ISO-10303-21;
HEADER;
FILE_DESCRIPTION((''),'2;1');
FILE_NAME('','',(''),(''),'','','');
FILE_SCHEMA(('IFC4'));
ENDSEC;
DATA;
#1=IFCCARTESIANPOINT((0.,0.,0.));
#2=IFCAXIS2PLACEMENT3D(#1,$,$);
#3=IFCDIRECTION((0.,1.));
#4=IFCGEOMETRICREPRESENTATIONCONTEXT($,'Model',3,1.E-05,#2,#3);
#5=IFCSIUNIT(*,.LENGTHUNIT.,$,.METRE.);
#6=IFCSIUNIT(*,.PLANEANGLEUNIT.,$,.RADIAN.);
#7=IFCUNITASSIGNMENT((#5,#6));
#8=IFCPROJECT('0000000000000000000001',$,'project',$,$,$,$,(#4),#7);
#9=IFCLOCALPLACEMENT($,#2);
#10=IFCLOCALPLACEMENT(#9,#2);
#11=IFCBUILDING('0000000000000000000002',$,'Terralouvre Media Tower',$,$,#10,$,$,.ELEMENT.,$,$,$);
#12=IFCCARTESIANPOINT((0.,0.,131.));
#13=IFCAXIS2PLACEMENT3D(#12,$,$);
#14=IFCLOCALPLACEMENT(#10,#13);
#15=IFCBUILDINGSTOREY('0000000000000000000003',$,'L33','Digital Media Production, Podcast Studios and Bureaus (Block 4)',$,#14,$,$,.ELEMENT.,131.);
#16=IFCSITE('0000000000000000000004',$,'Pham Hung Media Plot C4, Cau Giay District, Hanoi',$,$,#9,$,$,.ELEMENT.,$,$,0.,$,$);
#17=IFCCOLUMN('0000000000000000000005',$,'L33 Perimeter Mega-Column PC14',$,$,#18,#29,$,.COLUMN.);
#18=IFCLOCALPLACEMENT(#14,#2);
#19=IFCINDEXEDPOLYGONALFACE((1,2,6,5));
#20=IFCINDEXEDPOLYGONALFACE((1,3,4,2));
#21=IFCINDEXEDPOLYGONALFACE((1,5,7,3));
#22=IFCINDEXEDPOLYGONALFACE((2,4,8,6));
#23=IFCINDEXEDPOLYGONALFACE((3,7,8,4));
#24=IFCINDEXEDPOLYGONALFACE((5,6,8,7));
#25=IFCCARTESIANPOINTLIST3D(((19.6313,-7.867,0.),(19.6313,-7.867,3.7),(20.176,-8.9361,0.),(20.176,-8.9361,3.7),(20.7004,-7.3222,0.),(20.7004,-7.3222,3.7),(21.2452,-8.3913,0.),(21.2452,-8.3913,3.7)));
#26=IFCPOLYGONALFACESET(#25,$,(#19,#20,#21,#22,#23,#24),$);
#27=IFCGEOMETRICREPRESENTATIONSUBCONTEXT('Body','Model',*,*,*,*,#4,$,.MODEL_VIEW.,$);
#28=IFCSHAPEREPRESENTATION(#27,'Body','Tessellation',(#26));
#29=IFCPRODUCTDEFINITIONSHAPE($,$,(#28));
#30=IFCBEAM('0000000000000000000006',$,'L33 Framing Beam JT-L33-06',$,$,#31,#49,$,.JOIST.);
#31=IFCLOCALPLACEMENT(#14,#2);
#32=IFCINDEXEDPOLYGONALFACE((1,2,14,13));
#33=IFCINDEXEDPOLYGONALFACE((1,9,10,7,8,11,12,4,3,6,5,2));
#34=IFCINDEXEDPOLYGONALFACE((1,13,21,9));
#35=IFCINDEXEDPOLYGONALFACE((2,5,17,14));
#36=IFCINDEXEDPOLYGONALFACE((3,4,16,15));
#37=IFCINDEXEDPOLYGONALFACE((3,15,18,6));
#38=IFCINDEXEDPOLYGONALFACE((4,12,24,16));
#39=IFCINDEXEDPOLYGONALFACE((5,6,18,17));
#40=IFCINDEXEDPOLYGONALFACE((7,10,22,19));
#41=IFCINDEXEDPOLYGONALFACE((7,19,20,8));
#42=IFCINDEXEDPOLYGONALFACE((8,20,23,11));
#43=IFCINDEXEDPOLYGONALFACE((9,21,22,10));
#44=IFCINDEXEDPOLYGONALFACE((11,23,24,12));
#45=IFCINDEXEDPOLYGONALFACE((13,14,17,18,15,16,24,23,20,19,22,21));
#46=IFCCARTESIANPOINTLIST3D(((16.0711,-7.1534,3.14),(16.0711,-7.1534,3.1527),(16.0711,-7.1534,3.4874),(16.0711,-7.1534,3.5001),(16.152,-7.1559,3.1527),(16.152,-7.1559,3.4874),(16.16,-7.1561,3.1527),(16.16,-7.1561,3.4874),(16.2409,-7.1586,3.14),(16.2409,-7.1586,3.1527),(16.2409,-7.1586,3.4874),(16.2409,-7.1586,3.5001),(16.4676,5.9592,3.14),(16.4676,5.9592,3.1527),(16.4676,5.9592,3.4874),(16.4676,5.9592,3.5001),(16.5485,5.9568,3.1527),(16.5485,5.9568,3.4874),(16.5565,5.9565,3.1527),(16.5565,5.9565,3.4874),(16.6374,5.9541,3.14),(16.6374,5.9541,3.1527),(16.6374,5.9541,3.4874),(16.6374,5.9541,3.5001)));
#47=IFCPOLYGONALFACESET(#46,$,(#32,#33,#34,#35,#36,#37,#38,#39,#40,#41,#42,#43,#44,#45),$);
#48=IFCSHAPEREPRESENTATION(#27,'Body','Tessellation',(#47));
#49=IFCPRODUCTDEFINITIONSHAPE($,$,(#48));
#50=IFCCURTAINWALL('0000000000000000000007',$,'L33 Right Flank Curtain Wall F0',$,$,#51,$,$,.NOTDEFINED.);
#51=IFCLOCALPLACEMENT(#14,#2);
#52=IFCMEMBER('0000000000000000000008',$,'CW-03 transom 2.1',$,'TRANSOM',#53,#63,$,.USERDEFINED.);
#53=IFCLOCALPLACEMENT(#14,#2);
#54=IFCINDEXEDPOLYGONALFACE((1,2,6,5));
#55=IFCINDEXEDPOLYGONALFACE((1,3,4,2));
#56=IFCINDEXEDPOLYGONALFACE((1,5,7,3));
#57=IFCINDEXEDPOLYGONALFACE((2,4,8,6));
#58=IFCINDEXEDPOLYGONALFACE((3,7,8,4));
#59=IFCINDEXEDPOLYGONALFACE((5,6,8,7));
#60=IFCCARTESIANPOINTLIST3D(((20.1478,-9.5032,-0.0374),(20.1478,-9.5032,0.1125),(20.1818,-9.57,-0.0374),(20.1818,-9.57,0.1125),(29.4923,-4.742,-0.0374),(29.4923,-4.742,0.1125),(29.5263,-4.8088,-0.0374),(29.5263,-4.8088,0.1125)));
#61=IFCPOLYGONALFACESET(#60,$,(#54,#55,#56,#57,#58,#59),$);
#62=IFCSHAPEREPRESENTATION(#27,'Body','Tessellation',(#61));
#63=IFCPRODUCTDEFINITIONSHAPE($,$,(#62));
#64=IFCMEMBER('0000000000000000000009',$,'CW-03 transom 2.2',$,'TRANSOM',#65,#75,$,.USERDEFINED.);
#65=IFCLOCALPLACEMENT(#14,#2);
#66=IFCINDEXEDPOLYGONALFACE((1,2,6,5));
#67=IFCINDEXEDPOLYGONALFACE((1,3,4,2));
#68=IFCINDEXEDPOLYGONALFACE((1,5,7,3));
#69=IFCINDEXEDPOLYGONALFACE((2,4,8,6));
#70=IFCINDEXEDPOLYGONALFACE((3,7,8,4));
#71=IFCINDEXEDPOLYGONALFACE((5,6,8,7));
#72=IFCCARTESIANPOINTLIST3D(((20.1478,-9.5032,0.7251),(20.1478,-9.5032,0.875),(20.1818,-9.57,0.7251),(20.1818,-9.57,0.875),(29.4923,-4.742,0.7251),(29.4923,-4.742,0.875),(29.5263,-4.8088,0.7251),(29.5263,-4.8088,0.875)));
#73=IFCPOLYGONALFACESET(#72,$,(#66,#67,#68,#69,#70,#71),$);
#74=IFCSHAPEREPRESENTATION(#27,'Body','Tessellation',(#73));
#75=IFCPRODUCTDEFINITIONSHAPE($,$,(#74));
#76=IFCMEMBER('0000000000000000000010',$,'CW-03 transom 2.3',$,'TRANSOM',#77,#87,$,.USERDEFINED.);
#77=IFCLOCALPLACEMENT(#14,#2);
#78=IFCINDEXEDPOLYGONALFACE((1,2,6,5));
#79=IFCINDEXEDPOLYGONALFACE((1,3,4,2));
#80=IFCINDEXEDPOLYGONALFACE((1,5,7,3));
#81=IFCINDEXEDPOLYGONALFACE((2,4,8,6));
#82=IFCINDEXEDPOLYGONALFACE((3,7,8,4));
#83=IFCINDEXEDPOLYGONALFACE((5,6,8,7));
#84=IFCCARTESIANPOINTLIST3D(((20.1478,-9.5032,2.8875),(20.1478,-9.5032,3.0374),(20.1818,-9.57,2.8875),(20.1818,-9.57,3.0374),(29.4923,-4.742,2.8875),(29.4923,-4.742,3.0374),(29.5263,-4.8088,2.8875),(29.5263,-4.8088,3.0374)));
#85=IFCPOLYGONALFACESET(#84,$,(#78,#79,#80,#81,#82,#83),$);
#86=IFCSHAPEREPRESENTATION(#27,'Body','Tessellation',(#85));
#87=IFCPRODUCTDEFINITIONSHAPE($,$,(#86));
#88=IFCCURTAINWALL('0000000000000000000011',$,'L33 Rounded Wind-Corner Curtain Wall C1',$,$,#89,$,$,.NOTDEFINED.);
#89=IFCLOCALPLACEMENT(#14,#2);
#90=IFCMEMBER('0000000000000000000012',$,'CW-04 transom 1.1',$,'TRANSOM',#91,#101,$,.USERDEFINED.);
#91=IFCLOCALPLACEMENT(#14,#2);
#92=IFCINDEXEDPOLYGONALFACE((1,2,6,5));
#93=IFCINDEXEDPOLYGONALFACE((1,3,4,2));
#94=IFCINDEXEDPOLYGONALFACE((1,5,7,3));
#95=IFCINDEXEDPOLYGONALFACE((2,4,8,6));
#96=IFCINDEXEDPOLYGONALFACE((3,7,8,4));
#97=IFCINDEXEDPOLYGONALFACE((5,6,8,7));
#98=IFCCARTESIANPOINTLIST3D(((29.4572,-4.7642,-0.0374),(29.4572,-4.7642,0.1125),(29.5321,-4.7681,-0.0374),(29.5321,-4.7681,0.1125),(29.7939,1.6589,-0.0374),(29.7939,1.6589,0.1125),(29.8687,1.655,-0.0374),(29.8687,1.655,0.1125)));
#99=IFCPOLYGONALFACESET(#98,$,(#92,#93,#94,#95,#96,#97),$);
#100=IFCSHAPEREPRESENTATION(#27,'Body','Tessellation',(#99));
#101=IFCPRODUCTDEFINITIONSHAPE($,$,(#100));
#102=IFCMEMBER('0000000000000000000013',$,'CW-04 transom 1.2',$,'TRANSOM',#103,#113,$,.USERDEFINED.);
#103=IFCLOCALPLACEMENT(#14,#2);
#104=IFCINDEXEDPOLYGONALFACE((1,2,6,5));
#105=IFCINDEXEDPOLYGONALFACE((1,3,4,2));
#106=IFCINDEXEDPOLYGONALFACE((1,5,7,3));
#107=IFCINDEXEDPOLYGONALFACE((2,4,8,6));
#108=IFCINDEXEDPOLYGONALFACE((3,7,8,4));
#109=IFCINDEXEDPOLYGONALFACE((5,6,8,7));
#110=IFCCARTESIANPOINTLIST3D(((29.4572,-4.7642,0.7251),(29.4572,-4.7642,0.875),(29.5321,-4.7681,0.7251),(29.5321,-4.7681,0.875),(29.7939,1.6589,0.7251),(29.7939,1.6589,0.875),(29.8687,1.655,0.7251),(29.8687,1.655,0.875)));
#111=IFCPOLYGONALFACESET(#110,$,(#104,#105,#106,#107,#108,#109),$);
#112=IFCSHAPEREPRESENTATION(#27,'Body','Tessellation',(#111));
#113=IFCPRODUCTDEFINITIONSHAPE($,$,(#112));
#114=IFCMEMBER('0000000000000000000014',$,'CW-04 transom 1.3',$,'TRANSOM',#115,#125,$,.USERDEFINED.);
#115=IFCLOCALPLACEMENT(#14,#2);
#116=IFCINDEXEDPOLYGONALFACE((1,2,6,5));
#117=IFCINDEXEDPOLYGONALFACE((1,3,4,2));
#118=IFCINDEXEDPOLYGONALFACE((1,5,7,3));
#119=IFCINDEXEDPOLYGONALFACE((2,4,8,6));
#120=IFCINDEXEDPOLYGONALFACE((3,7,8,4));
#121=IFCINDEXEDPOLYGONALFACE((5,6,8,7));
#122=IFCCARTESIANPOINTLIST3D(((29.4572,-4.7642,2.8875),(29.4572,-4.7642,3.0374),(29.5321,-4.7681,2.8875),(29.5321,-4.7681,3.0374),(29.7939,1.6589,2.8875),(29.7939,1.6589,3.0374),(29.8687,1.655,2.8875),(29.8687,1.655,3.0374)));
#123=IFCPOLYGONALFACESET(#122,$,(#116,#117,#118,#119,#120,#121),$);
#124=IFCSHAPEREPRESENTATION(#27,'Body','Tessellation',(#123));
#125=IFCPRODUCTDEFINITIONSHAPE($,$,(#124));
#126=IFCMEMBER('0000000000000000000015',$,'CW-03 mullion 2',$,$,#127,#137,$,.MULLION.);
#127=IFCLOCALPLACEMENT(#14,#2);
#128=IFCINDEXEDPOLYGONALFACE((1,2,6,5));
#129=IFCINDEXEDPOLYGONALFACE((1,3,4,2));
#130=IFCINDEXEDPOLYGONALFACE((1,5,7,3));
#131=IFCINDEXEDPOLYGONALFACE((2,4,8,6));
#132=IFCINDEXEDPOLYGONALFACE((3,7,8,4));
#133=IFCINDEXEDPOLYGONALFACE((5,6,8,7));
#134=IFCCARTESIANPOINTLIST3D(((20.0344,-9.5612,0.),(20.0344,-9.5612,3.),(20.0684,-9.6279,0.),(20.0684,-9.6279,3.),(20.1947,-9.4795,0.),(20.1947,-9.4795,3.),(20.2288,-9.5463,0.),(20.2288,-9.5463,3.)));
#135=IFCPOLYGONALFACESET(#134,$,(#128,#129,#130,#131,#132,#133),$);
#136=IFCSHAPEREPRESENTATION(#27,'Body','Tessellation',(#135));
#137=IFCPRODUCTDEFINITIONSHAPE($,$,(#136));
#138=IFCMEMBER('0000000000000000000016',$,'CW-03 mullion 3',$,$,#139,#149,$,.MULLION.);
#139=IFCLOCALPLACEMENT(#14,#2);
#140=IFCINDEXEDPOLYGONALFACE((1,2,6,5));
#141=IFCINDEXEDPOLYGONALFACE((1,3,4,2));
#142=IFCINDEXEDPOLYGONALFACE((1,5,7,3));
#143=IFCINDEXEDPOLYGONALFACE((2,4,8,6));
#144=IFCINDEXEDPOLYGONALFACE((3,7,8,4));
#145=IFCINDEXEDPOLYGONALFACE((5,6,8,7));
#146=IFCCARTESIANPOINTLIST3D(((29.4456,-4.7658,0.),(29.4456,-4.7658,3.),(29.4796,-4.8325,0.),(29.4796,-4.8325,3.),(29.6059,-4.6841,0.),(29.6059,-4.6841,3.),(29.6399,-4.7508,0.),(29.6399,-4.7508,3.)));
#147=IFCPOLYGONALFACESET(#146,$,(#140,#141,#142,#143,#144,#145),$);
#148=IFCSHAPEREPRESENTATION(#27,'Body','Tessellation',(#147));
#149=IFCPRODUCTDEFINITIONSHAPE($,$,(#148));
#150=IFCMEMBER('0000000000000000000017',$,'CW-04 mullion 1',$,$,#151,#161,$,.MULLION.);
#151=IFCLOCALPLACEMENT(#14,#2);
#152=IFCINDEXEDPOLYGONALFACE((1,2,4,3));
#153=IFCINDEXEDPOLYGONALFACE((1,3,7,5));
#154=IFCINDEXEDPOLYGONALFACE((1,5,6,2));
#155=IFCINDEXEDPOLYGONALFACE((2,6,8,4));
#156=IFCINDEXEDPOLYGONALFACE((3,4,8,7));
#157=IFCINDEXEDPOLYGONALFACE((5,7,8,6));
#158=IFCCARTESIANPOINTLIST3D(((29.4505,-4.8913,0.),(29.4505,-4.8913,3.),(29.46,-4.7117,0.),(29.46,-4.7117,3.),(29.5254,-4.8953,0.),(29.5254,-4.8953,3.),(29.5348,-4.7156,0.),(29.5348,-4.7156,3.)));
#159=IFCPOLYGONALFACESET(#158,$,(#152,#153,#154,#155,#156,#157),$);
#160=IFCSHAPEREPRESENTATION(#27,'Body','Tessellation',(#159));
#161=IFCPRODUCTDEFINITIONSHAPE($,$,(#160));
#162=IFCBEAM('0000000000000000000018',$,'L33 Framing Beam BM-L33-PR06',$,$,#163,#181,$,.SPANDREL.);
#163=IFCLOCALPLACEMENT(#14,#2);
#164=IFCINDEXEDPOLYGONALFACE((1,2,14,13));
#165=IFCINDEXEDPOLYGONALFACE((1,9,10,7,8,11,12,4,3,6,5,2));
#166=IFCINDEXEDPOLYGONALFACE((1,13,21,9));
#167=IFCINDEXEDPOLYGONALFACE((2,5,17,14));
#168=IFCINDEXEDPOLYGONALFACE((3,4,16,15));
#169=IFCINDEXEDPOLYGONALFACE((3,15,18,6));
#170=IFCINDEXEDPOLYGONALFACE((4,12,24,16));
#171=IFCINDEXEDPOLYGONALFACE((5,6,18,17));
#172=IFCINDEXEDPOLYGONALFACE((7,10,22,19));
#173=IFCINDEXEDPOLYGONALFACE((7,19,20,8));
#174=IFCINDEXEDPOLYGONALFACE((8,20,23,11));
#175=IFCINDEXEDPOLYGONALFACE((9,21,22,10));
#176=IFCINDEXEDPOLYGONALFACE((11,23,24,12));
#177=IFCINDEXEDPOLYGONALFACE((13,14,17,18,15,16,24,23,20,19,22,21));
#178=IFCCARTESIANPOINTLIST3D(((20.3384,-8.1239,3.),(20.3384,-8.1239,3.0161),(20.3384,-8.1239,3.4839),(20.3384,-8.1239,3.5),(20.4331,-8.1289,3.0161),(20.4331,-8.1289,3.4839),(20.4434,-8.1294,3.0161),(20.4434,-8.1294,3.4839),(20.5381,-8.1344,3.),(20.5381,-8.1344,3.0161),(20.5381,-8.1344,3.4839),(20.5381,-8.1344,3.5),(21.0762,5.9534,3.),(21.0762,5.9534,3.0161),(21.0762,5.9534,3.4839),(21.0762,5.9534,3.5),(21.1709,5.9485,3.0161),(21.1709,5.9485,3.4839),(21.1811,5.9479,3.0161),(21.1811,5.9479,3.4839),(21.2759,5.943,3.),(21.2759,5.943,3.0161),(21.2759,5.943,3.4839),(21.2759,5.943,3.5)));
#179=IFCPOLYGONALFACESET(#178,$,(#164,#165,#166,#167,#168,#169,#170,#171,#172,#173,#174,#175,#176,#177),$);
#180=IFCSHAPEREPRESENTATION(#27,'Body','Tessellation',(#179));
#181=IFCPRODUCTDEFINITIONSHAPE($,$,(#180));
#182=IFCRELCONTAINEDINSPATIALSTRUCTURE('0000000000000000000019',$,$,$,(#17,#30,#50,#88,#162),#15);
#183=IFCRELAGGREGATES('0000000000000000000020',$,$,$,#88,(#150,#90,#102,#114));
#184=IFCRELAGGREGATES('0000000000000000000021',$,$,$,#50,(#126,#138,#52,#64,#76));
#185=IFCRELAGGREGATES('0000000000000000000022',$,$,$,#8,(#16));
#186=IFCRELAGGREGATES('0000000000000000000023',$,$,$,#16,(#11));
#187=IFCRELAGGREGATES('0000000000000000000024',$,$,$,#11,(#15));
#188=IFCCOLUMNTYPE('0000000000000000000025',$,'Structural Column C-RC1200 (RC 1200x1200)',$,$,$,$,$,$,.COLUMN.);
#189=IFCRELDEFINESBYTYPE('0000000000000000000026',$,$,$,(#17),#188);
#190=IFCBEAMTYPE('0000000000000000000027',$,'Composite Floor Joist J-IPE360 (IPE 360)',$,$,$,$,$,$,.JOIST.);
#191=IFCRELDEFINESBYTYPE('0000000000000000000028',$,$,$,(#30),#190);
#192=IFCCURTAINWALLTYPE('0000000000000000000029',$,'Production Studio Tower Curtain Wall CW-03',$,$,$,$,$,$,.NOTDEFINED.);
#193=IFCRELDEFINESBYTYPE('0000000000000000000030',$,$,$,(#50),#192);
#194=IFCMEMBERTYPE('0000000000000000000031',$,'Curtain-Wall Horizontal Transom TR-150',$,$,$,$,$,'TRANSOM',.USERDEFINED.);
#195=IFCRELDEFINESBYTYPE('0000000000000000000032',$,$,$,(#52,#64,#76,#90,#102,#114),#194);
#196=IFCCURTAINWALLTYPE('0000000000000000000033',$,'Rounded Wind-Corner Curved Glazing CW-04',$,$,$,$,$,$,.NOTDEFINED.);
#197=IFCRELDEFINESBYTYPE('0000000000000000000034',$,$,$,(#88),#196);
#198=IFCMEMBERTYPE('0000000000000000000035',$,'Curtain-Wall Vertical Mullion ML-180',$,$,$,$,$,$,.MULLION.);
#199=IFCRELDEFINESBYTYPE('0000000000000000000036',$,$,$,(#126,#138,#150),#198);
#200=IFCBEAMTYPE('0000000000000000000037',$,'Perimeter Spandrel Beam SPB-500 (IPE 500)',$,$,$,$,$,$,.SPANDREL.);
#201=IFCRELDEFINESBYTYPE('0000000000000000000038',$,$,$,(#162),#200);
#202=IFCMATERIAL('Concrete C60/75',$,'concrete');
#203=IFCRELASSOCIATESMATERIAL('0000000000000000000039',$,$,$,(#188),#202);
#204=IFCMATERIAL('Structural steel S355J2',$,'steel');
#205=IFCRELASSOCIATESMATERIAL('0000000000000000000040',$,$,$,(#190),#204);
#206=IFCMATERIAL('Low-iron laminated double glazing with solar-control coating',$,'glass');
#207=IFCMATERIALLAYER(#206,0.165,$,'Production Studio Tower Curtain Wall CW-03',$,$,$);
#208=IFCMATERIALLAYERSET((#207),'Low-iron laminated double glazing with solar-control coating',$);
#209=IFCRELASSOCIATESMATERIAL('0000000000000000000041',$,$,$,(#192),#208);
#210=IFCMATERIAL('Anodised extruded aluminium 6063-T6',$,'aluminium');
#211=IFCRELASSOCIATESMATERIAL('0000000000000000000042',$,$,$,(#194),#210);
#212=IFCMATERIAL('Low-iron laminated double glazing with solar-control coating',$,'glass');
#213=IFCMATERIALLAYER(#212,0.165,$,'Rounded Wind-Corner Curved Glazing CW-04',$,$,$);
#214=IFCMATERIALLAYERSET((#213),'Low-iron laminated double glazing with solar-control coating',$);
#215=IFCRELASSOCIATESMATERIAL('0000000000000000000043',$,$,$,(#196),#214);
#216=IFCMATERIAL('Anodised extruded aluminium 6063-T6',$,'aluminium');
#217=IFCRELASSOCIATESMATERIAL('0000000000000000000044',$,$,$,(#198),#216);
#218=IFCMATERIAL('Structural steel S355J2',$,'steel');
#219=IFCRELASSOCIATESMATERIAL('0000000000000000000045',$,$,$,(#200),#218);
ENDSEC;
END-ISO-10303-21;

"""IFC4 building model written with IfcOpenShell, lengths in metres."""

from ifc_helpers import new_model, si_unit, direction, frame, origin, origin_2d, place, context, subcontext, project, spatial, rectangle, i_section, extrude, material, layer, layer_set, material_profile, profile_set, type_object, element, aggregate, save


model = new_model("IFC4")

# Units and contexts
model_context = context("Model", 3, precision=1e-05, world=origin(), true_north=direction((0.0, 1.0)))
body_context = subcontext(model_context, "Body", "Model", "MODEL_VIEW")
ifc_project = project(units=[si_unit("LENGTHUNIT", "METRE"), si_unit("PLANEANGLEUNIT", "RADIAN")], contexts=[model_context])

# Site, building, storey
site_placement = place(None, origin())
site = spatial("IfcSite", under=ifc_project, at=site_placement, Name="Pham Hung Media Plot C4, Cau Giay District, Hanoi", CompositionType="ELEMENT", RefElevation=0.0)
building_placement = place(site_placement, origin())
building = spatial("IfcBuilding", under=site, at=building_placement, Name="Terralouvre Media Tower", CompositionType="ELEMENT")
storey_placement = place(building_placement, frame((0.0, 0.0, 131.0)))
storey = spatial("IfcBuildingStorey", under=building, at=storey_placement, Name="L33", Description="Digital Media Production, Podcast Studios and Bureaus (Block 4)", CompositionType="ELEMENT", Elevation=131.0)

# Column
ifc_material_1 = material(Name="Concrete C60/75", Category="concrete")
ifc_material_profile_1 = material_profile(ifc_material_1, rectangle(XDim=1.2, YDim=1.2, at=origin_2d()), Name="RC 1200x1200")
ifc_profile_set_1 = profile_set([ifc_material_profile_1], Name="Concrete C60/75")
column_type = type_object("IfcColumnType", Name="Structural Column C-RC1200 (RC 1200x1200)", PredefinedType="COLUMN", material=ifc_profile_set_1)
column_placement = place(storey_placement, frame((20.4382, -8.1292, 0.0), z_axis=(0.0, 0.0, 1.0), x_axis=(0.891007, 0.45399, 0.0)))
element("IfcColumn", 1, at=column_placement, inside=storey, type_object=column_type, Name="L33 Perimeter Mega-Column PC14", PredefinedType="COLUMN", context=body_context, shape_type="SweptSolid", body=[
    extrude(rectangle(XDim=1.2, YDim=1.2, at=origin_2d()), origin(), (0.0, 0.0, 1.0), 3.7),
])

# Beam
ifc_material_2 = material(Name="Structural steel S355J2", Category="steel")
ifc_material_profile_2 = material_profile(ifc_material_2, i_section(OverallWidth=0.1699, OverallDepth=0.3601, WebThickness=0.0081, FlangeThickness=0.0127, at=origin_2d()), Name="IPE 360")
ifc_profile_set_2 = profile_set([ifc_material_profile_2], Name="Structural steel S355J2")
beam_type_1 = type_object("IfcBeamType", Name="Composite Floor Joist J-IPE360 (IPE 360)", PredefinedType="JOIST", material=ifc_profile_set_2)
beam_1_placement = place(storey_placement, frame((16.156, -7.156, 3.3201), z_axis=(0.030223, 0.999543, 0.0), x_axis=(-0.999543, 0.030223, 0.0)))
element("IfcBeam", 2, at=beam_1_placement, inside=storey, type_object=beam_type_1, Name="L33 Framing Beam JT-L33-06", PredefinedType="JOIST", context=body_context, shape_type="SweptSolid", body=[
    extrude(i_section(OverallWidth=0.1699, OverallDepth=0.3601, WebThickness=0.0081, FlangeThickness=0.0127, at=origin_2d()), origin(), (0.0, 0.0, 1.0), 13.1187),
])

# Curtain walls, members
ifc_material_3 = material(Name="Low-iron laminated double glazing with solar-control coating", Category="glass")
ifc_layer_1 = layer(ifc_material_3, 0.165, Name="Production Studio Tower Curtain Wall CW-03")
ifc_layer_set_1 = layer_set([ifc_layer_1], Name="Low-iron laminated double glazing with solar-control coating")
curtain_wall_type_1 = type_object("IfcCurtainWallType", Name="Production Studio Tower Curtain Wall CW-03", PredefinedType="NOTDEFINED", material=ifc_layer_set_1)
curtain_wall_1_placement = place(storey_placement, origin())
curtain_wall_1 = element("IfcCurtainWall", 3, at=curtain_wall_1_placement, inside=storey, type_object=curtain_wall_type_1, Name="L33 Right Flank Curtain Wall F0", PredefinedType="NOTDEFINED")
ifc_material_4 = material(Name="Anodised extruded aluminium 6063-T6", Category="aluminium")
ifc_material_profile_3 = material_profile(ifc_material_4, rectangle(XDim=0.075, YDim=0.1499, at=origin_2d()), Name="ALU 75x150")
ifc_profile_set_3 = profile_set([ifc_material_profile_3], Name="Anodised extruded aluminium 6063-T6")
member_type_1 = type_object("IfcMemberType", Name="Curtain-Wall Horizontal Transom TR-150", ElementType="TRANSOM", PredefinedType="USERDEFINED", material=ifc_profile_set_3)
member_1_placement = place(storey_placement, frame((20.1648, -9.5366, 0.0376), z_axis=(0.891007, 0.453989, 0.0), x_axis=(-0.453989, 0.891007, 0.0)))
member_1 = element("IfcMember", 4, at=member_1_placement, type_object=member_type_1, Name="CW-03 transom 2.1", ObjectType="TRANSOM", PredefinedType="USERDEFINED", context=body_context, shape_type="SweptSolid", body=[
    extrude(rectangle(XDim=0.075, YDim=0.1499, at=origin_2d()), origin(), (0.0, 0.0, 1.0), 10.4875),
])
member_2_placement = place(storey_placement, frame((20.1648, -9.5366, 0.8), z_axis=(0.891007, 0.453989, 0.0), x_axis=(-0.453989, 0.891007, 0.0)))
member_2 = element("IfcMember", 5, at=member_2_placement, type_object=member_type_1, Name="CW-03 transom 2.2", ObjectType="TRANSOM", PredefinedType="USERDEFINED", context=body_context, shape_type="SweptSolid", body=[
    extrude(rectangle(XDim=0.075, YDim=0.1499, at=origin_2d()), origin(), (0.0, 0.0, 1.0), 10.4875),
])
member_3_placement = place(storey_placement, frame((20.1648, -9.5366, 2.9624), z_axis=(0.891007, 0.453989, 0.0), x_axis=(-0.453989, 0.891007, 0.0)))
member_3 = element("IfcMember", 6, at=member_3_placement, type_object=member_type_1, Name="CW-03 transom 2.3", ObjectType="TRANSOM", PredefinedType="USERDEFINED", context=body_context, shape_type="SweptSolid", body=[
    extrude(rectangle(XDim=0.075, YDim=0.1499, at=origin_2d()), origin(), (0.0, 0.0, 1.0), 10.4875),
])
ifc_material_5 = material(Name="Low-iron laminated double glazing with solar-control coating", Category="glass")
ifc_layer_2 = layer(ifc_material_5, 0.165, Name="Rounded Wind-Corner Curved Glazing CW-04")
ifc_layer_set_2 = layer_set([ifc_layer_2], Name="Low-iron laminated double glazing with solar-control coating")
curtain_wall_type_2 = type_object("IfcCurtainWallType", Name="Rounded Wind-Corner Curved Glazing CW-04", PredefinedType="NOTDEFINED", material=ifc_layer_set_2)
curtain_wall_2_placement = place(storey_placement, origin())
curtain_wall_2 = element("IfcCurtainWall", 7, at=curtain_wall_2_placement, inside=storey, type_object=curtain_wall_type_2, Name="L33 Rounded Wind-Corner Curtain Wall C1", PredefinedType="NOTDEFINED")
member_4_placement = place(storey_placement, frame((29.4946, -4.7661, 0.0376), z_axis=(0.052344, 0.998629, 0.0), x_axis=(-0.998629, 0.052344, 0.0)))
member_4 = element("IfcMember", 8, at=member_4_placement, type_object=member_type_1, Name="CW-04 transom 1.1", ObjectType="TRANSOM", PredefinedType="USERDEFINED", context=body_context, shape_type="SweptSolid", body=[
    extrude(rectangle(XDim=0.075, YDim=0.1499, at=origin_2d()), origin(), (0.0, 0.0, 1.0), 6.4319),
])
member_5_placement = place(storey_placement, frame((29.4946, -4.7661, 0.8), z_axis=(0.052344, 0.998629, 0.0), x_axis=(-0.998629, 0.052344, 0.0)))
member_5 = element("IfcMember", 9, at=member_5_placement, type_object=member_type_1, Name="CW-04 transom 1.2", ObjectType="TRANSOM", PredefinedType="USERDEFINED", context=body_context, shape_type="SweptSolid", body=[
    extrude(rectangle(XDim=0.075, YDim=0.1499, at=origin_2d()), origin(), (0.0, 0.0, 1.0), 6.4319),
])
member_6_placement = place(storey_placement, frame((29.4946, -4.7661, 2.9624), z_axis=(0.052344, 0.998629, 0.0), x_axis=(-0.998629, 0.052344, 0.0)))
member_6 = element("IfcMember", 10, at=member_6_placement, type_object=member_type_1, Name="CW-04 transom 1.3", ObjectType="TRANSOM", PredefinedType="USERDEFINED", context=body_context, shape_type="SweptSolid", body=[
    extrude(rectangle(XDim=0.075, YDim=0.1499, at=origin_2d()), origin(), (0.0, 0.0, 1.0), 6.4319),
])

# Members
ifc_material_6 = material(Name="Anodised extruded aluminium 6063-T6", Category="aluminium")
ifc_material_profile_4 = material_profile(ifc_material_6, rectangle(XDim=0.075, YDim=0.1799, at=origin_2d()), Name="ALU 75x180")
ifc_profile_set_4 = profile_set([ifc_material_profile_4], Name="Anodised extruded aluminium 6063-T6")
member_type_2 = type_object("IfcMemberType", Name="Curtain-Wall Vertical Mullion ML-180", PredefinedType="MULLION", material=ifc_profile_set_4)
member_7_placement = place(storey_placement, frame((20.1316, -9.5537, 0.0), z_axis=(0.0, 0.0, 1.0), x_axis=(-0.453991, 0.891006, 0.0)))
member_7 = element("IfcMember", 11, at=member_7_placement, type_object=member_type_2, Name="CW-03 mullion 2", PredefinedType="MULLION", context=body_context, shape_type="SweptSolid", body=[
    extrude(rectangle(XDim=0.075, YDim=0.1799, at=origin_2d()), origin(), (0.0, 0.0, 1.0), 3.0),
])
member_8_placement = place(storey_placement, frame((29.5427, -4.7583, 0.0), z_axis=(0.0, 0.0, 1.0), x_axis=(-0.453991, 0.891006, 0.0)))
member_8 = element("IfcMember", 12, at=member_8_placement, type_object=member_type_2, Name="CW-03 mullion 3", PredefinedType="MULLION", context=body_context, shape_type="SweptSolid", body=[
    extrude(rectangle(XDim=0.075, YDim=0.1799, at=origin_2d()), origin(), (0.0, 0.0, 1.0), 3.0),
])
member_9_placement = place(storey_placement, frame((29.4927, -4.8035, 0.0), z_axis=(0.0, 0.0, 1.0), x_axis=(-0.998629, 0.052337, 0.0)))
member_9 = element("IfcMember", 13, at=member_9_placement, type_object=member_type_2, Name="CW-04 mullion 1", PredefinedType="MULLION", context=body_context, shape_type="SweptSolid", body=[
    extrude(rectangle(XDim=0.075, YDim=0.1799, at=origin_2d()), origin(), (0.0, 0.0, 1.0), 3.0),
])

# Beam
ifc_material_7 = material(Name="Structural steel S355J2", Category="steel")
ifc_material_profile_5 = material_profile(ifc_material_7, i_section(OverallWidth=0.2, OverallDepth=0.5, WebThickness=0.0103, FlangeThickness=0.0161, at=origin_2d()), Name="IPE 500")
ifc_profile_set_5 = profile_set([ifc_material_profile_5], Name="Structural steel S355J2")
beam_type_2 = type_object("IfcBeamType", Name="Perimeter Spandrel Beam SPB-500 (IPE 500)", PredefinedType="SPANDREL", material=ifc_profile_set_5)
beam_2_placement = place(storey_placement, frame((20.4382, -8.1292, 3.25), z_axis=(0.052338, 0.998629, 0.0), x_axis=(-0.998629, 0.052338, 0.0)))
element("IfcBeam", 14, at=beam_2_placement, inside=storey, type_object=beam_type_2, Name="L33 Framing Beam BM-L33-PR06", PredefinedType="SPANDREL", context=body_context, shape_type="SweptSolid", body=[
    extrude(i_section(OverallWidth=0.2, OverallDepth=0.5, WebThickness=0.0103, FlangeThickness=0.0161, at=origin_2d()), origin(), (0.0, 0.0, 1.0), 14.0967),
])

aggregate(curtain_wall_2, [member_9, member_4, member_5, member_6])
aggregate(curtain_wall_1, [member_7, member_8, member_1, member_2, member_3])

save(model, "model.ifc")
